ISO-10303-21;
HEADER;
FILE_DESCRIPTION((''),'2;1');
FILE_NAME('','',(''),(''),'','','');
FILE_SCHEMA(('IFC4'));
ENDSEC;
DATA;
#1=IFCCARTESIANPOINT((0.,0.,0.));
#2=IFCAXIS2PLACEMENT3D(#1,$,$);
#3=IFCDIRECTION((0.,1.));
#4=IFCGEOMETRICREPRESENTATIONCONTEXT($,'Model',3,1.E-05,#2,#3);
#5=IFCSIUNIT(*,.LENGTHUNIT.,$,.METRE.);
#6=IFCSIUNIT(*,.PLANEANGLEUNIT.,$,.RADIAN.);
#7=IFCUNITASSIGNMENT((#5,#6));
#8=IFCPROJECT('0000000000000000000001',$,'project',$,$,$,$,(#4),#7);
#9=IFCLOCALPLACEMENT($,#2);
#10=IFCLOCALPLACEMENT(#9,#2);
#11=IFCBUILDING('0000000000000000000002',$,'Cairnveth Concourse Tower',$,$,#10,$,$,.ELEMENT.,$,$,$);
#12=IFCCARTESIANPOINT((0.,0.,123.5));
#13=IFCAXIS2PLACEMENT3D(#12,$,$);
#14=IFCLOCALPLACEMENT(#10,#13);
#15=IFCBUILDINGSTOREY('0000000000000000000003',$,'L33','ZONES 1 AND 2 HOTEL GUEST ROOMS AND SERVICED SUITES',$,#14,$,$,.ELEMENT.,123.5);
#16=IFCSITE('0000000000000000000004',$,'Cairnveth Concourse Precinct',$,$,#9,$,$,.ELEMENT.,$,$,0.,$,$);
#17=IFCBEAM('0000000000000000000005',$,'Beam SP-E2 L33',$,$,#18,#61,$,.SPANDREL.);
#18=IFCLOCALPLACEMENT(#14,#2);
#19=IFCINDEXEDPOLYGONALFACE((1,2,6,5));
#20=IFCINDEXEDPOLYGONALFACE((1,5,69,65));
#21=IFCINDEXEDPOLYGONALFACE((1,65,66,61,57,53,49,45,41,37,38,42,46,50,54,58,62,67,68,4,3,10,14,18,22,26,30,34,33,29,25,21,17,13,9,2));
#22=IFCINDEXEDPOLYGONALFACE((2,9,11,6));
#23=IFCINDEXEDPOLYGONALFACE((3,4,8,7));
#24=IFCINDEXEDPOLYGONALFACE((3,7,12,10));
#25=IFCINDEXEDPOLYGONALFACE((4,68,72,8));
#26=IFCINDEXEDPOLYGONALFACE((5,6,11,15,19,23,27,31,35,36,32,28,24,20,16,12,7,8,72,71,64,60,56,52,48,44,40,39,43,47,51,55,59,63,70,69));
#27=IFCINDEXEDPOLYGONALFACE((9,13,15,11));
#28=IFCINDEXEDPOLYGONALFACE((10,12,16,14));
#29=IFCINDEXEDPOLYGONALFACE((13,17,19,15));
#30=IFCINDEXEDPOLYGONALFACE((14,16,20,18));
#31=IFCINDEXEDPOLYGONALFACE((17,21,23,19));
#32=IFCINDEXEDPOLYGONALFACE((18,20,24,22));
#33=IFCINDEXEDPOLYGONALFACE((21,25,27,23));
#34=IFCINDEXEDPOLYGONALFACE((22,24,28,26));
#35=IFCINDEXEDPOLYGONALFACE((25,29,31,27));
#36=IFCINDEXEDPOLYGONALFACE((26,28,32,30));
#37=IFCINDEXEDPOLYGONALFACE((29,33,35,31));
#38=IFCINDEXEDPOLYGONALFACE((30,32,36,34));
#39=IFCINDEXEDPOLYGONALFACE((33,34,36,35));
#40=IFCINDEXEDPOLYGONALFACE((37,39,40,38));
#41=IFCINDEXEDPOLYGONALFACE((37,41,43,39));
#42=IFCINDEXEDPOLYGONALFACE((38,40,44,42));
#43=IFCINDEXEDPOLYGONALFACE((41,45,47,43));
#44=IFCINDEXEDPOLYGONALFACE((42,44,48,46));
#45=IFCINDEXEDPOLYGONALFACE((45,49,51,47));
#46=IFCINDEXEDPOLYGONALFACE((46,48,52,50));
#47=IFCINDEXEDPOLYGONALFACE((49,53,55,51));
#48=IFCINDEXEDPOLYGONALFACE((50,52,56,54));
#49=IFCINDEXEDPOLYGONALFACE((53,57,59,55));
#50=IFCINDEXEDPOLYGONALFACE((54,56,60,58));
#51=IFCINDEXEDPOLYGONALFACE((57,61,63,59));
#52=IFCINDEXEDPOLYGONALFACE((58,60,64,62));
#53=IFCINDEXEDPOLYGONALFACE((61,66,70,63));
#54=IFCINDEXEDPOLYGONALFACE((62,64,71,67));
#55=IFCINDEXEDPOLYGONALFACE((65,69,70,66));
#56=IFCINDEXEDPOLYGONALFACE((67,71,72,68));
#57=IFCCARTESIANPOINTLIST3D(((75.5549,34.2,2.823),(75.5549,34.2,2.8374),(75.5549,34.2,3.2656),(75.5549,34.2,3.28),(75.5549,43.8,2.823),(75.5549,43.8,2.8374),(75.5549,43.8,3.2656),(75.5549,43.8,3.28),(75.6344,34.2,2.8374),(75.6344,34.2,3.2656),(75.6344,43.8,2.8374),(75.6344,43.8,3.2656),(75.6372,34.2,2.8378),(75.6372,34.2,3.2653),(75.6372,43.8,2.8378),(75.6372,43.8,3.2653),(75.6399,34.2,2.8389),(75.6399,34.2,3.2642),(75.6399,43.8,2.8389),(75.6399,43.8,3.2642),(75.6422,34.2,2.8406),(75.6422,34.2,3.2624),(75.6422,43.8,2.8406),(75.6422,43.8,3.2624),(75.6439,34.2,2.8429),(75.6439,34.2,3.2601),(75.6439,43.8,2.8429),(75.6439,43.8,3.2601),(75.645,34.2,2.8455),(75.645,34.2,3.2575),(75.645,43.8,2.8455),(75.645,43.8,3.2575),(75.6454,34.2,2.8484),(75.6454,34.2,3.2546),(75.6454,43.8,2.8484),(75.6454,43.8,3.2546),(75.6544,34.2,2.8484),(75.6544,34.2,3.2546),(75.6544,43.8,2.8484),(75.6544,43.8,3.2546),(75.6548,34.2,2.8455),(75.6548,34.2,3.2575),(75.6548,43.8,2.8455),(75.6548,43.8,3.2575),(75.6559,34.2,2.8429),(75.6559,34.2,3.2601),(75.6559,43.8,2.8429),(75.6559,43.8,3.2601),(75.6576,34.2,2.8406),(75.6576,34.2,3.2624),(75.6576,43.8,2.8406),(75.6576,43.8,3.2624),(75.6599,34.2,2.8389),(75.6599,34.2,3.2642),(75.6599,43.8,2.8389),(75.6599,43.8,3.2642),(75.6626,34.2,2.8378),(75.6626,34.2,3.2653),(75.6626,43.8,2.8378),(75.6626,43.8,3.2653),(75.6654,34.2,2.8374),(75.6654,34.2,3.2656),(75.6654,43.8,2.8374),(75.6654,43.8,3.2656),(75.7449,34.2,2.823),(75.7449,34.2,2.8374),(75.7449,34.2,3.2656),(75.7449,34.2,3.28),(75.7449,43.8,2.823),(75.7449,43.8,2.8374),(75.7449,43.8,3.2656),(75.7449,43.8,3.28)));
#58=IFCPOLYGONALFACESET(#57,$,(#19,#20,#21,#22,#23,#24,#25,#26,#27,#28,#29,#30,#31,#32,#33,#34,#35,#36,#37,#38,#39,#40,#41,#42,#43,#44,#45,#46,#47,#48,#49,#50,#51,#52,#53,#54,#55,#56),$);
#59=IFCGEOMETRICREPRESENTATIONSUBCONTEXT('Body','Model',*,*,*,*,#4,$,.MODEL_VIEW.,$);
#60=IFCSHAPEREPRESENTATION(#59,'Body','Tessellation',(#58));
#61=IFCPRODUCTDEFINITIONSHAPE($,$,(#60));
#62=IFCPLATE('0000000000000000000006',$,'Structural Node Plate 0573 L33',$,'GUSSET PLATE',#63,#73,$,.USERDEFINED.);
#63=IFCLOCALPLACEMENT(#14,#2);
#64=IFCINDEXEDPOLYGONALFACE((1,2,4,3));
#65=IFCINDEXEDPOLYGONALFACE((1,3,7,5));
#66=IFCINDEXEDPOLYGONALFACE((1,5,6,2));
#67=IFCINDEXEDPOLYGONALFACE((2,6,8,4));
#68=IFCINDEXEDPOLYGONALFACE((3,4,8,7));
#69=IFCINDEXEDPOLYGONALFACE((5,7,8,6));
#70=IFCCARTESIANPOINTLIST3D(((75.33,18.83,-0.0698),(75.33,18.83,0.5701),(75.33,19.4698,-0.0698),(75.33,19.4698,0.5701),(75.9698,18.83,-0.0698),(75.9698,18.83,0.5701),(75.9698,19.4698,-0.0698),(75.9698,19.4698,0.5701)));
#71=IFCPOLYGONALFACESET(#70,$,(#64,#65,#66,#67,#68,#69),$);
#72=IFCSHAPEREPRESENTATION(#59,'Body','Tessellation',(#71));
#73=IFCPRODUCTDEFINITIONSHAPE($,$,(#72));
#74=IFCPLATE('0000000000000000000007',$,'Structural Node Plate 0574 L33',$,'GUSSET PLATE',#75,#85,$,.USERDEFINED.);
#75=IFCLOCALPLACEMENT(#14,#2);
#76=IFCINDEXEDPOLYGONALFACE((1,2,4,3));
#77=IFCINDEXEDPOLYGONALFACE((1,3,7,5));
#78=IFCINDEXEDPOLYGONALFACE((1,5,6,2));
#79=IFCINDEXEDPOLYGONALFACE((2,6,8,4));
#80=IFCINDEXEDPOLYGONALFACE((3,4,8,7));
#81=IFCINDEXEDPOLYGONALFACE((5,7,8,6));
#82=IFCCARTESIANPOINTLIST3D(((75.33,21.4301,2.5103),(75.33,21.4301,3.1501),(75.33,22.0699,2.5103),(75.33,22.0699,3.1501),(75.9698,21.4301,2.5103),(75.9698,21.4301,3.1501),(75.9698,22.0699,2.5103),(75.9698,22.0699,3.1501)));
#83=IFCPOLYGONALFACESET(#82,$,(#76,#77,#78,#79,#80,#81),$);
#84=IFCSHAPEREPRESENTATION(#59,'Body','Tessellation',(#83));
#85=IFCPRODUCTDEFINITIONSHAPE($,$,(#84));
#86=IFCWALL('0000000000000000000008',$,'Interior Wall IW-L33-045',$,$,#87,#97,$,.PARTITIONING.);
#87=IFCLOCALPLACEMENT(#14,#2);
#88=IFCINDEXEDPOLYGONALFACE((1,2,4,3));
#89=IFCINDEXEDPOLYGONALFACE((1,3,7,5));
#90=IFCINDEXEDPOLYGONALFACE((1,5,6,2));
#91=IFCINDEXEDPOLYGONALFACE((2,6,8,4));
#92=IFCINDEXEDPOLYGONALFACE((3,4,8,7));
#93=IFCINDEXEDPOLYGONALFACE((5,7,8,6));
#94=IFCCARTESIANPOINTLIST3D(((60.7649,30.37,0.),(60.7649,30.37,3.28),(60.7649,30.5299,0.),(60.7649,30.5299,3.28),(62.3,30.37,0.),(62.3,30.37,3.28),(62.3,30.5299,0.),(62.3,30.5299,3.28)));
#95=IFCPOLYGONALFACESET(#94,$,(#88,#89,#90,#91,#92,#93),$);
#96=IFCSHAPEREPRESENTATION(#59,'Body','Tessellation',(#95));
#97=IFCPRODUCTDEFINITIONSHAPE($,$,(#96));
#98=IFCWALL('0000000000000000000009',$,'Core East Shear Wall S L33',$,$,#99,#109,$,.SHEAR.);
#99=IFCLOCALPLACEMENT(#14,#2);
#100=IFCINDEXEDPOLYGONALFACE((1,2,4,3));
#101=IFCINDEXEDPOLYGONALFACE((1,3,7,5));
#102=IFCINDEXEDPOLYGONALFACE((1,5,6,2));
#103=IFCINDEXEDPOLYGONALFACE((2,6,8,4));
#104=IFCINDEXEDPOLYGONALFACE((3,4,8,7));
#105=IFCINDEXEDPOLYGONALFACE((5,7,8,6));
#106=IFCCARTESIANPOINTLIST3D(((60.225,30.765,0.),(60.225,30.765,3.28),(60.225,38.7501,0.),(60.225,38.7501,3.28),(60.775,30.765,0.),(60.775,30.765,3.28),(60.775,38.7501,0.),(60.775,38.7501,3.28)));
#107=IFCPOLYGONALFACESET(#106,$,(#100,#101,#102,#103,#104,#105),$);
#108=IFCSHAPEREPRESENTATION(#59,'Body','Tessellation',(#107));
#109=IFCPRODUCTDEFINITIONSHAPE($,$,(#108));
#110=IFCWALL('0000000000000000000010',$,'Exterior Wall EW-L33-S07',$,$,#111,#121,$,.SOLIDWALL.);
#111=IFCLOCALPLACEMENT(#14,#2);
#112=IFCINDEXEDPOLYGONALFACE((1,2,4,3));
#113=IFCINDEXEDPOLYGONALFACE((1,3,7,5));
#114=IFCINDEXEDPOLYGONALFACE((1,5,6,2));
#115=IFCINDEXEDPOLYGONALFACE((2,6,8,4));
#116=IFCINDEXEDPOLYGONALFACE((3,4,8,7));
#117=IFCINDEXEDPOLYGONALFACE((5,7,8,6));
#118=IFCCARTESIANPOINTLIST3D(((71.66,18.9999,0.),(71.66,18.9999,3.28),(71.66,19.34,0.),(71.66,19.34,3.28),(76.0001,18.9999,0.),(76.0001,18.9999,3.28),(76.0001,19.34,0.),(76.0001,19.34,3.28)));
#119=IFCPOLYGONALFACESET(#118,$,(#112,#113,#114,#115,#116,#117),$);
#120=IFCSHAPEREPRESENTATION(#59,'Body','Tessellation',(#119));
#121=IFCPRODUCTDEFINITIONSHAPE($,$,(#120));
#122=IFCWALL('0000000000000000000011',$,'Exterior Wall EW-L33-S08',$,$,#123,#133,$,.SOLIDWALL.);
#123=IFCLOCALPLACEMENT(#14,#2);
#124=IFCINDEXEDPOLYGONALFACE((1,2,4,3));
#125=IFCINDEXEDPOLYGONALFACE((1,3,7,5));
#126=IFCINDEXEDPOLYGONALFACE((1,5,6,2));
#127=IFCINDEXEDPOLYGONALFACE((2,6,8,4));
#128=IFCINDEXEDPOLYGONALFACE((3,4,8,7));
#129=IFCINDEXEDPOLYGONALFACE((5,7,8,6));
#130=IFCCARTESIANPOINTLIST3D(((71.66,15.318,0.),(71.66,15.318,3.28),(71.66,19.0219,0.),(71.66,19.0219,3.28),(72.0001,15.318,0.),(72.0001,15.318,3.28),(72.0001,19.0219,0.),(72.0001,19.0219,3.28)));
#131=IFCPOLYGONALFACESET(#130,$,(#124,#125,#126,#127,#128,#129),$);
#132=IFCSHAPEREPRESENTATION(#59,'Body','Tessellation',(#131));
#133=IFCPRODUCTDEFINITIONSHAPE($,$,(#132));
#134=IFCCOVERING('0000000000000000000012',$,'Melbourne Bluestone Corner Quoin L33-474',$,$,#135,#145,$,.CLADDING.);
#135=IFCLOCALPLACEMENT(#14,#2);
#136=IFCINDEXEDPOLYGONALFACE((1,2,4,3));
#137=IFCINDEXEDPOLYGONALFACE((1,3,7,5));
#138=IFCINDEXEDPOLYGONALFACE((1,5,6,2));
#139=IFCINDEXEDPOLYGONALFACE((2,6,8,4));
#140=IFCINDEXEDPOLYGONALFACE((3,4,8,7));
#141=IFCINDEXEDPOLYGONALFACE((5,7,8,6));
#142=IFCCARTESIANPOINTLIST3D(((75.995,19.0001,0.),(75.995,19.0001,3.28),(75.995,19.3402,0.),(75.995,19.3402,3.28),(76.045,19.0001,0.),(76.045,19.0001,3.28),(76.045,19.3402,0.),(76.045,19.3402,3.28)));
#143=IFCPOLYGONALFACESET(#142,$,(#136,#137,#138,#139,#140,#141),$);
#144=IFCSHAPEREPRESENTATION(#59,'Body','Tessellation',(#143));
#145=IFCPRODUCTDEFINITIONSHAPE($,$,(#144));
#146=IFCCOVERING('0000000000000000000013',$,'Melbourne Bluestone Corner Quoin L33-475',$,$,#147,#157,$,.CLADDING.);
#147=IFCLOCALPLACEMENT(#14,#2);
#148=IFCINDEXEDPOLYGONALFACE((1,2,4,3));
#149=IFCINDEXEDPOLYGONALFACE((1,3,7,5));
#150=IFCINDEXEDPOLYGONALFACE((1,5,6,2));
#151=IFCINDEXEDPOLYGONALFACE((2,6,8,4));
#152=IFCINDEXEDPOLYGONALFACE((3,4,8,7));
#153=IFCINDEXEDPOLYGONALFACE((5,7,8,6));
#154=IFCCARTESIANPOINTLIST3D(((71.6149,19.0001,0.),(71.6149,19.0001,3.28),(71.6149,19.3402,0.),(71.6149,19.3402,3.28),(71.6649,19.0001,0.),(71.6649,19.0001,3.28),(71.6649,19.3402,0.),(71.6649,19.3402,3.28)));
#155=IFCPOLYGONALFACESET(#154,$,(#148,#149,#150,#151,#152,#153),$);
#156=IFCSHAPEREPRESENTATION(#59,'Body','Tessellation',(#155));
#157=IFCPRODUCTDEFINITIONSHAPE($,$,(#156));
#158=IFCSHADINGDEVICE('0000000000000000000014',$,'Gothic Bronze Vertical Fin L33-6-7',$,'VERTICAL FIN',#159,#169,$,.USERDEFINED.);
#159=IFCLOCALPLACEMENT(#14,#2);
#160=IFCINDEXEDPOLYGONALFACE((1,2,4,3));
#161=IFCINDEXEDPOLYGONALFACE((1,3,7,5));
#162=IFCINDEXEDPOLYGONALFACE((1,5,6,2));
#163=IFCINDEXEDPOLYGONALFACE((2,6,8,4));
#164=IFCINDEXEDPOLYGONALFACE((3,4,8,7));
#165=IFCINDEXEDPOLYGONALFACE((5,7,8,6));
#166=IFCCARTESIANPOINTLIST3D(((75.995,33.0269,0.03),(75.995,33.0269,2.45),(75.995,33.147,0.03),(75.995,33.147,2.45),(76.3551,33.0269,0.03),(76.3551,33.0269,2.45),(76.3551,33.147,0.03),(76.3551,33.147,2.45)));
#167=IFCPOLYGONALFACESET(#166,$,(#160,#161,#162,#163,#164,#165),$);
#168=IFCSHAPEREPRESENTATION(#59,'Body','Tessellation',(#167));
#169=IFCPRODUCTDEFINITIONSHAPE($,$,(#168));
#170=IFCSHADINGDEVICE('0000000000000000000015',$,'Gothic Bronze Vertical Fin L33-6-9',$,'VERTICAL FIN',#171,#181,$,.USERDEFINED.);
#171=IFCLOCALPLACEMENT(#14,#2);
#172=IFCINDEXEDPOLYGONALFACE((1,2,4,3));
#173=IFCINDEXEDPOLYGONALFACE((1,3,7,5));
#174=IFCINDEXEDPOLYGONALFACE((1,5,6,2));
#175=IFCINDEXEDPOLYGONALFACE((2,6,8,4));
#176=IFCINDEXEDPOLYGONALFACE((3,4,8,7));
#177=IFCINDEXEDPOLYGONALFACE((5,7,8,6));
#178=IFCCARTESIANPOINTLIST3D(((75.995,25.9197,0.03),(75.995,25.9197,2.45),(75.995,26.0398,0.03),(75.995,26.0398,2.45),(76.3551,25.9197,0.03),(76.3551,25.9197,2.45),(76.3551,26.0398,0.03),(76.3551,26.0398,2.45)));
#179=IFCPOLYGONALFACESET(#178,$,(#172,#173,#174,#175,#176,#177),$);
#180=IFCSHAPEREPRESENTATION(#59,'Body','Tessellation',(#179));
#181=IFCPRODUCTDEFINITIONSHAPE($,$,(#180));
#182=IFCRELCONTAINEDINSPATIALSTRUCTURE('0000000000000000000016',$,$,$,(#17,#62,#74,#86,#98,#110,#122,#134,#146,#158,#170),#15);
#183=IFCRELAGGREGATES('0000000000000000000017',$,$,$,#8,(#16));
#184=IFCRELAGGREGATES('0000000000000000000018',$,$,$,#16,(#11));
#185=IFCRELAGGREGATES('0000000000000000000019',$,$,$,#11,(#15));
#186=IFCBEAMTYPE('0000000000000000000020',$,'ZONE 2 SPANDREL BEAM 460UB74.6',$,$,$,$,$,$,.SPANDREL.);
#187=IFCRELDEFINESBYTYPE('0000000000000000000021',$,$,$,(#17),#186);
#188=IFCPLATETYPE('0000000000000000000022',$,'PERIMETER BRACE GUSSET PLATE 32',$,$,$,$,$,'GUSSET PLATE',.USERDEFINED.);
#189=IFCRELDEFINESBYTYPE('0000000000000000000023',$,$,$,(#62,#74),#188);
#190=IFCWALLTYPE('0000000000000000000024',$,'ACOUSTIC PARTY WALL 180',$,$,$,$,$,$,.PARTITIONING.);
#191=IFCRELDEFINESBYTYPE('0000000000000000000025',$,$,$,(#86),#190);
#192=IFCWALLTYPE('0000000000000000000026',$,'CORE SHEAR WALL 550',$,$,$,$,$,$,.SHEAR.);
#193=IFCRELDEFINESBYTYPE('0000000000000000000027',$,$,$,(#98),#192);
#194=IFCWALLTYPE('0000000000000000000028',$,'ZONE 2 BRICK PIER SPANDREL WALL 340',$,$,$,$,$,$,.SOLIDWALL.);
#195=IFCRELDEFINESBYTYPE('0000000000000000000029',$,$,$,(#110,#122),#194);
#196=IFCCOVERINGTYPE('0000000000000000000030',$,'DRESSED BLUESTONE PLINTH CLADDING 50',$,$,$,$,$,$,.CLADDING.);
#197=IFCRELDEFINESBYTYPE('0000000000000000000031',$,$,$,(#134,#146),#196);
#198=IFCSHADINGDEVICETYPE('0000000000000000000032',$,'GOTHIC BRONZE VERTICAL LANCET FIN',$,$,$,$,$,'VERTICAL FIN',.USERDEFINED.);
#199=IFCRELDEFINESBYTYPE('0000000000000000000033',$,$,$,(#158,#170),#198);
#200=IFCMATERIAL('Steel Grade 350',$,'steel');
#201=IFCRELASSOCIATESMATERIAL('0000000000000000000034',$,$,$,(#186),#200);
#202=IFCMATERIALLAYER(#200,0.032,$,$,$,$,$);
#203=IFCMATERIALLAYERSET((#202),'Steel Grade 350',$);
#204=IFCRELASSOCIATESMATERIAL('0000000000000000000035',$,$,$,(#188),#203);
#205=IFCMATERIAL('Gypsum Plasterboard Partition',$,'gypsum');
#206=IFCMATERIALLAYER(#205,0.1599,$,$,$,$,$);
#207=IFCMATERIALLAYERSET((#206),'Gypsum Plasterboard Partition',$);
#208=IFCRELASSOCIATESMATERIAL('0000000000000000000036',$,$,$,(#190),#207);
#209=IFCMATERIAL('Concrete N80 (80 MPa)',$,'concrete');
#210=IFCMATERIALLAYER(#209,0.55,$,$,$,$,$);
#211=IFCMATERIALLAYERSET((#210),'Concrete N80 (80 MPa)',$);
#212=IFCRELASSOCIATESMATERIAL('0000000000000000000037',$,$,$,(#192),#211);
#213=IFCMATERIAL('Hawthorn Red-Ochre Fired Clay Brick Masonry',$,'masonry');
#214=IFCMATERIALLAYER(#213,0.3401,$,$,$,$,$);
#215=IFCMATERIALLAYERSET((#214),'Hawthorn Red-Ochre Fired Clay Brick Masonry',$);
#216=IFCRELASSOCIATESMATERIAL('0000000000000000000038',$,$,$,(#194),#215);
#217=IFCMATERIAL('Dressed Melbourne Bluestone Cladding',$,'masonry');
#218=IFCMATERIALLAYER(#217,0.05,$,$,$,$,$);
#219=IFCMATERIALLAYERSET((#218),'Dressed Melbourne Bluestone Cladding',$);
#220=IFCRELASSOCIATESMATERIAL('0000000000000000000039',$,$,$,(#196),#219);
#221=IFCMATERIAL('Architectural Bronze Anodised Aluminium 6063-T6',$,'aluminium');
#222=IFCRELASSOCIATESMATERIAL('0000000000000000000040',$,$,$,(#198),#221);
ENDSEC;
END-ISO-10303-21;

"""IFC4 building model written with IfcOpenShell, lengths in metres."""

from ifc_helpers import new_model, si_unit, direction, frame, frame_2d, origin, origin_2d, place, context, subcontext, project, spatial, rectangle, i_section, extrude, material, layer, layer_set, material_profile, profile_set, type_object, element, save


model = new_model("IFC4")

# Units and contexts
model_context = context("Model", 3, precision=1e-05, world=origin(), true_north=direction((0.0, 1.0)))
body_context = subcontext(model_context, "Body", "Model", "MODEL_VIEW")
ifc_project = project(units=[si_unit("LENGTHUNIT", "METRE"), si_unit("PLANEANGLEUNIT", "RADIAN")], contexts=[model_context])

# Site, building, storey
site_placement = place(None, origin())
site = spatial("IfcSite", under=ifc_project, at=site_placement, Name="Cairnveth Concourse Precinct", CompositionType="ELEMENT", RefElevation=0.0)
building_placement = place(site_placement, origin())
building = spatial("IfcBuilding", under=site, at=building_placement, Name="Cairnveth Concourse Tower", CompositionType="ELEMENT")
storey_placement = place(building_placement, frame((0.0, 0.0, 123.5)))
storey = spatial("IfcBuildingStorey", under=building, at=storey_placement, Name="L33", Description="ZONES 1 AND 2 HOTEL GUEST ROOMS AND SERVICED SUITES", CompositionType="ELEMENT", Elevation=123.5)

# Shared definitions
ifc_material_1 = material(Name="Steel Grade 350", Category="steel")

# Beam
ifc_material_profile_1 = material_profile(ifc_material_1, i_section(OverallWidth=0.1899, OverallDepth=0.457, WebThickness=0.009, FlangeThickness=0.0144, FilletRadius=0.011, at=origin_2d()), Name="460UB74.6")
ifc_profile_set_1 = profile_set([ifc_material_profile_1], Name="Steel Grade 350")
beam_type_1 = type_object("IfcBeamType", Name="ZONE 2 SPANDREL BEAM 460UB74.6", PredefinedType="SPANDREL", material=ifc_profile_set_1)
beam_1_placement = place(storey_placement, frame((75.6499, 34.2, 3.0515), z_axis=(0.0, 1.0, 0.0), x_axis=(-1.0, 0.0, 0.0)))
element("IfcBeam", 1, at=beam_1_placement, inside=storey, type_object=beam_type_1, Name="Beam SP-E2 L33", PredefinedType="SPANDREL", context=body_context, shape_type="SweptSolid", body=[
    extrude(i_section(OverallWidth=0.1899, OverallDepth=0.457, WebThickness=0.009, FlangeThickness=0.0144, FilletRadius=0.011, at=origin_2d()), origin(), (0.0, 0.0, 1.0), 9.6001),
])

# Plates
ifc_layer_1 = layer(ifc_material_1, 0.032)
ifc_layer_set_1 = layer_set([ifc_layer_1], Name="Steel Grade 350")
plate_type = type_object("IfcPlateType", Name="PERIMETER BRACE GUSSET PLATE 32", ElementType="GUSSET PLATE", PredefinedType="USERDEFINED", material=ifc_layer_set_1)
for number, where, z_axis, x_axis, name in (
    (2, (75.6499, 19.1499, -0.0698), (0.0, 0.0, 1.0), (1.0, 0.0, 0.0), "Structural Node Plate 0573 L33"),
    (3, (75.6499, 21.75, 2.5103), (0.0, 0.0, 1.0), (1.0, 0.0, 0.0), "Structural Node Plate 0574 L33"),
):
    element("IfcPlate", number, at=place(storey_placement, frame(where, z_axis=z_axis, x_axis=x_axis)), inside=storey, type_object=plate_type, Name=name, ObjectType="GUSSET PLATE", PredefinedType="USERDEFINED", context=body_context, shape_type="SweptSolid", body=[
        extrude(rectangle(XDim=0.6399, YDim=0.6399, at=origin_2d()), origin(), (0.0, 0.0, 1.0), 0.6399),
    ])

# Walls
ifc_material_2 = material(Name="Gypsum Plasterboard Partition", Category="gypsum")
ifc_layer_2 = layer(ifc_material_2, 0.1599)
ifc_layer_set_2 = layer_set([ifc_layer_2], Name="Gypsum Plasterboard Partition")
wall_type_1 = type_object("IfcWallType", Name="ACOUSTIC PARTY WALL 180", PredefinedType="PARTITIONING", material=ifc_layer_set_2)
wall_1_placement = place(storey_placement, frame((60.7649, 30.45, 0.0), z_axis=(0.0, 0.0, 1.0), x_axis=(1.0, 0.0, 0.0)))
element("IfcWall", 4, at=wall_1_placement, inside=storey, type_object=wall_type_1, Name="Interior Wall IW-L33-045", PredefinedType="PARTITIONING", context=body_context, shape_type="SweptSolid", body=[
    extrude(rectangle(XDim=1.5352, YDim=0.1599, at=frame_2d((0.7676, 0.0))), origin(), (0.0, 0.0, 1.0), 3.28),
])
ifc_material_3 = material(Name="Concrete N80 (80 MPa)", Category="concrete")
ifc_layer_3 = layer(ifc_material_3, 0.55)
ifc_layer_set_3 = layer_set([ifc_layer_3], Name="Concrete N80 (80 MPa)")
wall_type_2 = type_object("IfcWallType", Name="CORE SHEAR WALL 550", PredefinedType="SHEAR", material=ifc_layer_set_3)
wall_2_placement = place(storey_placement, frame((60.5, 30.7649, 0.0), z_axis=(0.0, 0.0, 1.0), x_axis=(0.0, 1.0, 0.0)))
element("IfcWall", 5, at=wall_2_placement, inside=storey, type_object=wall_type_2, Name="Core East Shear Wall S L33", PredefinedType="SHEAR", context=body_context, shape_type="SweptSolid", body=[
    extrude(rectangle(XDim=7.9851, YDim=0.55, at=frame_2d((3.9927, 0.0))), origin(), (0.0, 0.0, 1.0), 3.28),
])
ifc_material_4 = material(Name="Hawthorn Red-Ochre Fired Clay Brick Masonry", Category="masonry")
ifc_layer_4 = layer(ifc_material_4, 0.3401)
ifc_layer_set_4 = layer_set([ifc_layer_4], Name="Hawthorn Red-Ochre Fired Clay Brick Masonry")
wall_type_3 = type_object("IfcWallType", Name="ZONE 2 BRICK PIER SPANDREL WALL 340", PredefinedType="SOLIDWALL", material=ifc_layer_set_4)
wall_3_placement = place(storey_placement, frame((76.0, 19.1699, 0.0), z_axis=(0.0, 0.0, 1.0), x_axis=(-1.0, 0.0, 0.0)))
element("IfcWall", 6, at=wall_3_placement, inside=storey, type_object=wall_type_3, Name="Exterior Wall EW-L33-S07", PredefinedType="SOLIDWALL", context=body_context, shape_type="SweptSolid", body=[
    extrude(rectangle(XDim=4.3401, YDim=0.3401, at=frame_2d((2.1699, 0.0))), origin(), (0.0, 0.0, 1.0), 3.28),
])
wall_4_placement = place(storey_placement, frame((71.8301, 19.022, 0.0), z_axis=(0.0, 0.0, 1.0), x_axis=(0.0, -1.0, 0.0)))
element("IfcWall", 7, at=wall_4_placement, inside=storey, type_object=wall_type_3, Name="Exterior Wall EW-L33-S08", PredefinedType="SOLIDWALL", context=body_context, shape_type="SweptSolid", body=[
    extrude(rectangle(XDim=3.7039, YDim=0.3401, at=frame_2d((1.8521, 0.0))), origin(), (0.0, 0.0, 1.0), 3.28),
])

# Coverings
ifc_material_5 = material(Name="Dressed Melbourne Bluestone Cladding", Category="masonry")
ifc_layer_5 = layer(ifc_material_5, 0.05)
ifc_layer_set_5 = layer_set([ifc_layer_5], Name="Dressed Melbourne Bluestone Cladding")
covering_type = type_object("IfcCoveringType", Name="DRESSED BLUESTONE PLINTH CLADDING 50", PredefinedType="CLADDING", material=ifc_layer_set_5)
for number, where, z_axis, x_axis, name in (
    (8, (76.02, 19.3401, 0.0), (0.0, 0.0, 1.0), (0.0, -1.0, 0.0), "Melbourne Bluestone Corner Quoin L33-474"),
    (9, (71.6399, 19.3401, 0.0), (0.0, 0.0, 1.0), (0.0, -1.0, 0.0), "Melbourne Bluestone Corner Quoin L33-475"),
):
    element("IfcCovering", number, at=place(storey_placement, frame(where, z_axis=z_axis, x_axis=x_axis)), inside=storey, type_object=covering_type, Name=name, PredefinedType="CLADDING", context=body_context, shape_type="SweptSolid", body=[
        extrude(rectangle(XDim=0.3401, YDim=0.05, at=frame_2d((0.1699, 0.0))), origin(), (0.0, 0.0, 1.0), 3.28),
    ])

# Shading devices
ifc_material_6 = material(Name="Architectural Bronze Anodised Aluminium 6063-T6", Category="aluminium")
shading_device_type = type_object("IfcShadingDeviceType", Name="GOTHIC BRONZE VERTICAL LANCET FIN", ElementType="VERTICAL FIN", PredefinedType="USERDEFINED", material=ifc_material_6)
for number, where, z_axis, x_axis, name in (
    (10, (76.175, 33.0869, 0.03), (0.0, 0.0, 1.0), (0.0, 1.0, 0.0), "Gothic Bronze Vertical Fin L33-6-7"),
    (11, (76.175, 25.9797, 0.03), (0.0, 0.0, 1.0), (0.0, 1.0, 0.0), "Gothic Bronze Vertical Fin L33-6-9"),
):
    element("IfcShadingDevice", number, at=place(storey_placement, frame(where, z_axis=z_axis, x_axis=x_axis)), inside=storey, type_object=shading_device_type, Name=name, ObjectType="VERTICAL FIN", PredefinedType="USERDEFINED", context=body_context, shape_type="SweptSolid", body=[
        extrude(rectangle(XDim=0.1201, YDim=0.3601, at=origin_2d()), origin(), (0.0, 0.0, 1.0), 2.4199),
    ])

save(model, "model.ifc")
